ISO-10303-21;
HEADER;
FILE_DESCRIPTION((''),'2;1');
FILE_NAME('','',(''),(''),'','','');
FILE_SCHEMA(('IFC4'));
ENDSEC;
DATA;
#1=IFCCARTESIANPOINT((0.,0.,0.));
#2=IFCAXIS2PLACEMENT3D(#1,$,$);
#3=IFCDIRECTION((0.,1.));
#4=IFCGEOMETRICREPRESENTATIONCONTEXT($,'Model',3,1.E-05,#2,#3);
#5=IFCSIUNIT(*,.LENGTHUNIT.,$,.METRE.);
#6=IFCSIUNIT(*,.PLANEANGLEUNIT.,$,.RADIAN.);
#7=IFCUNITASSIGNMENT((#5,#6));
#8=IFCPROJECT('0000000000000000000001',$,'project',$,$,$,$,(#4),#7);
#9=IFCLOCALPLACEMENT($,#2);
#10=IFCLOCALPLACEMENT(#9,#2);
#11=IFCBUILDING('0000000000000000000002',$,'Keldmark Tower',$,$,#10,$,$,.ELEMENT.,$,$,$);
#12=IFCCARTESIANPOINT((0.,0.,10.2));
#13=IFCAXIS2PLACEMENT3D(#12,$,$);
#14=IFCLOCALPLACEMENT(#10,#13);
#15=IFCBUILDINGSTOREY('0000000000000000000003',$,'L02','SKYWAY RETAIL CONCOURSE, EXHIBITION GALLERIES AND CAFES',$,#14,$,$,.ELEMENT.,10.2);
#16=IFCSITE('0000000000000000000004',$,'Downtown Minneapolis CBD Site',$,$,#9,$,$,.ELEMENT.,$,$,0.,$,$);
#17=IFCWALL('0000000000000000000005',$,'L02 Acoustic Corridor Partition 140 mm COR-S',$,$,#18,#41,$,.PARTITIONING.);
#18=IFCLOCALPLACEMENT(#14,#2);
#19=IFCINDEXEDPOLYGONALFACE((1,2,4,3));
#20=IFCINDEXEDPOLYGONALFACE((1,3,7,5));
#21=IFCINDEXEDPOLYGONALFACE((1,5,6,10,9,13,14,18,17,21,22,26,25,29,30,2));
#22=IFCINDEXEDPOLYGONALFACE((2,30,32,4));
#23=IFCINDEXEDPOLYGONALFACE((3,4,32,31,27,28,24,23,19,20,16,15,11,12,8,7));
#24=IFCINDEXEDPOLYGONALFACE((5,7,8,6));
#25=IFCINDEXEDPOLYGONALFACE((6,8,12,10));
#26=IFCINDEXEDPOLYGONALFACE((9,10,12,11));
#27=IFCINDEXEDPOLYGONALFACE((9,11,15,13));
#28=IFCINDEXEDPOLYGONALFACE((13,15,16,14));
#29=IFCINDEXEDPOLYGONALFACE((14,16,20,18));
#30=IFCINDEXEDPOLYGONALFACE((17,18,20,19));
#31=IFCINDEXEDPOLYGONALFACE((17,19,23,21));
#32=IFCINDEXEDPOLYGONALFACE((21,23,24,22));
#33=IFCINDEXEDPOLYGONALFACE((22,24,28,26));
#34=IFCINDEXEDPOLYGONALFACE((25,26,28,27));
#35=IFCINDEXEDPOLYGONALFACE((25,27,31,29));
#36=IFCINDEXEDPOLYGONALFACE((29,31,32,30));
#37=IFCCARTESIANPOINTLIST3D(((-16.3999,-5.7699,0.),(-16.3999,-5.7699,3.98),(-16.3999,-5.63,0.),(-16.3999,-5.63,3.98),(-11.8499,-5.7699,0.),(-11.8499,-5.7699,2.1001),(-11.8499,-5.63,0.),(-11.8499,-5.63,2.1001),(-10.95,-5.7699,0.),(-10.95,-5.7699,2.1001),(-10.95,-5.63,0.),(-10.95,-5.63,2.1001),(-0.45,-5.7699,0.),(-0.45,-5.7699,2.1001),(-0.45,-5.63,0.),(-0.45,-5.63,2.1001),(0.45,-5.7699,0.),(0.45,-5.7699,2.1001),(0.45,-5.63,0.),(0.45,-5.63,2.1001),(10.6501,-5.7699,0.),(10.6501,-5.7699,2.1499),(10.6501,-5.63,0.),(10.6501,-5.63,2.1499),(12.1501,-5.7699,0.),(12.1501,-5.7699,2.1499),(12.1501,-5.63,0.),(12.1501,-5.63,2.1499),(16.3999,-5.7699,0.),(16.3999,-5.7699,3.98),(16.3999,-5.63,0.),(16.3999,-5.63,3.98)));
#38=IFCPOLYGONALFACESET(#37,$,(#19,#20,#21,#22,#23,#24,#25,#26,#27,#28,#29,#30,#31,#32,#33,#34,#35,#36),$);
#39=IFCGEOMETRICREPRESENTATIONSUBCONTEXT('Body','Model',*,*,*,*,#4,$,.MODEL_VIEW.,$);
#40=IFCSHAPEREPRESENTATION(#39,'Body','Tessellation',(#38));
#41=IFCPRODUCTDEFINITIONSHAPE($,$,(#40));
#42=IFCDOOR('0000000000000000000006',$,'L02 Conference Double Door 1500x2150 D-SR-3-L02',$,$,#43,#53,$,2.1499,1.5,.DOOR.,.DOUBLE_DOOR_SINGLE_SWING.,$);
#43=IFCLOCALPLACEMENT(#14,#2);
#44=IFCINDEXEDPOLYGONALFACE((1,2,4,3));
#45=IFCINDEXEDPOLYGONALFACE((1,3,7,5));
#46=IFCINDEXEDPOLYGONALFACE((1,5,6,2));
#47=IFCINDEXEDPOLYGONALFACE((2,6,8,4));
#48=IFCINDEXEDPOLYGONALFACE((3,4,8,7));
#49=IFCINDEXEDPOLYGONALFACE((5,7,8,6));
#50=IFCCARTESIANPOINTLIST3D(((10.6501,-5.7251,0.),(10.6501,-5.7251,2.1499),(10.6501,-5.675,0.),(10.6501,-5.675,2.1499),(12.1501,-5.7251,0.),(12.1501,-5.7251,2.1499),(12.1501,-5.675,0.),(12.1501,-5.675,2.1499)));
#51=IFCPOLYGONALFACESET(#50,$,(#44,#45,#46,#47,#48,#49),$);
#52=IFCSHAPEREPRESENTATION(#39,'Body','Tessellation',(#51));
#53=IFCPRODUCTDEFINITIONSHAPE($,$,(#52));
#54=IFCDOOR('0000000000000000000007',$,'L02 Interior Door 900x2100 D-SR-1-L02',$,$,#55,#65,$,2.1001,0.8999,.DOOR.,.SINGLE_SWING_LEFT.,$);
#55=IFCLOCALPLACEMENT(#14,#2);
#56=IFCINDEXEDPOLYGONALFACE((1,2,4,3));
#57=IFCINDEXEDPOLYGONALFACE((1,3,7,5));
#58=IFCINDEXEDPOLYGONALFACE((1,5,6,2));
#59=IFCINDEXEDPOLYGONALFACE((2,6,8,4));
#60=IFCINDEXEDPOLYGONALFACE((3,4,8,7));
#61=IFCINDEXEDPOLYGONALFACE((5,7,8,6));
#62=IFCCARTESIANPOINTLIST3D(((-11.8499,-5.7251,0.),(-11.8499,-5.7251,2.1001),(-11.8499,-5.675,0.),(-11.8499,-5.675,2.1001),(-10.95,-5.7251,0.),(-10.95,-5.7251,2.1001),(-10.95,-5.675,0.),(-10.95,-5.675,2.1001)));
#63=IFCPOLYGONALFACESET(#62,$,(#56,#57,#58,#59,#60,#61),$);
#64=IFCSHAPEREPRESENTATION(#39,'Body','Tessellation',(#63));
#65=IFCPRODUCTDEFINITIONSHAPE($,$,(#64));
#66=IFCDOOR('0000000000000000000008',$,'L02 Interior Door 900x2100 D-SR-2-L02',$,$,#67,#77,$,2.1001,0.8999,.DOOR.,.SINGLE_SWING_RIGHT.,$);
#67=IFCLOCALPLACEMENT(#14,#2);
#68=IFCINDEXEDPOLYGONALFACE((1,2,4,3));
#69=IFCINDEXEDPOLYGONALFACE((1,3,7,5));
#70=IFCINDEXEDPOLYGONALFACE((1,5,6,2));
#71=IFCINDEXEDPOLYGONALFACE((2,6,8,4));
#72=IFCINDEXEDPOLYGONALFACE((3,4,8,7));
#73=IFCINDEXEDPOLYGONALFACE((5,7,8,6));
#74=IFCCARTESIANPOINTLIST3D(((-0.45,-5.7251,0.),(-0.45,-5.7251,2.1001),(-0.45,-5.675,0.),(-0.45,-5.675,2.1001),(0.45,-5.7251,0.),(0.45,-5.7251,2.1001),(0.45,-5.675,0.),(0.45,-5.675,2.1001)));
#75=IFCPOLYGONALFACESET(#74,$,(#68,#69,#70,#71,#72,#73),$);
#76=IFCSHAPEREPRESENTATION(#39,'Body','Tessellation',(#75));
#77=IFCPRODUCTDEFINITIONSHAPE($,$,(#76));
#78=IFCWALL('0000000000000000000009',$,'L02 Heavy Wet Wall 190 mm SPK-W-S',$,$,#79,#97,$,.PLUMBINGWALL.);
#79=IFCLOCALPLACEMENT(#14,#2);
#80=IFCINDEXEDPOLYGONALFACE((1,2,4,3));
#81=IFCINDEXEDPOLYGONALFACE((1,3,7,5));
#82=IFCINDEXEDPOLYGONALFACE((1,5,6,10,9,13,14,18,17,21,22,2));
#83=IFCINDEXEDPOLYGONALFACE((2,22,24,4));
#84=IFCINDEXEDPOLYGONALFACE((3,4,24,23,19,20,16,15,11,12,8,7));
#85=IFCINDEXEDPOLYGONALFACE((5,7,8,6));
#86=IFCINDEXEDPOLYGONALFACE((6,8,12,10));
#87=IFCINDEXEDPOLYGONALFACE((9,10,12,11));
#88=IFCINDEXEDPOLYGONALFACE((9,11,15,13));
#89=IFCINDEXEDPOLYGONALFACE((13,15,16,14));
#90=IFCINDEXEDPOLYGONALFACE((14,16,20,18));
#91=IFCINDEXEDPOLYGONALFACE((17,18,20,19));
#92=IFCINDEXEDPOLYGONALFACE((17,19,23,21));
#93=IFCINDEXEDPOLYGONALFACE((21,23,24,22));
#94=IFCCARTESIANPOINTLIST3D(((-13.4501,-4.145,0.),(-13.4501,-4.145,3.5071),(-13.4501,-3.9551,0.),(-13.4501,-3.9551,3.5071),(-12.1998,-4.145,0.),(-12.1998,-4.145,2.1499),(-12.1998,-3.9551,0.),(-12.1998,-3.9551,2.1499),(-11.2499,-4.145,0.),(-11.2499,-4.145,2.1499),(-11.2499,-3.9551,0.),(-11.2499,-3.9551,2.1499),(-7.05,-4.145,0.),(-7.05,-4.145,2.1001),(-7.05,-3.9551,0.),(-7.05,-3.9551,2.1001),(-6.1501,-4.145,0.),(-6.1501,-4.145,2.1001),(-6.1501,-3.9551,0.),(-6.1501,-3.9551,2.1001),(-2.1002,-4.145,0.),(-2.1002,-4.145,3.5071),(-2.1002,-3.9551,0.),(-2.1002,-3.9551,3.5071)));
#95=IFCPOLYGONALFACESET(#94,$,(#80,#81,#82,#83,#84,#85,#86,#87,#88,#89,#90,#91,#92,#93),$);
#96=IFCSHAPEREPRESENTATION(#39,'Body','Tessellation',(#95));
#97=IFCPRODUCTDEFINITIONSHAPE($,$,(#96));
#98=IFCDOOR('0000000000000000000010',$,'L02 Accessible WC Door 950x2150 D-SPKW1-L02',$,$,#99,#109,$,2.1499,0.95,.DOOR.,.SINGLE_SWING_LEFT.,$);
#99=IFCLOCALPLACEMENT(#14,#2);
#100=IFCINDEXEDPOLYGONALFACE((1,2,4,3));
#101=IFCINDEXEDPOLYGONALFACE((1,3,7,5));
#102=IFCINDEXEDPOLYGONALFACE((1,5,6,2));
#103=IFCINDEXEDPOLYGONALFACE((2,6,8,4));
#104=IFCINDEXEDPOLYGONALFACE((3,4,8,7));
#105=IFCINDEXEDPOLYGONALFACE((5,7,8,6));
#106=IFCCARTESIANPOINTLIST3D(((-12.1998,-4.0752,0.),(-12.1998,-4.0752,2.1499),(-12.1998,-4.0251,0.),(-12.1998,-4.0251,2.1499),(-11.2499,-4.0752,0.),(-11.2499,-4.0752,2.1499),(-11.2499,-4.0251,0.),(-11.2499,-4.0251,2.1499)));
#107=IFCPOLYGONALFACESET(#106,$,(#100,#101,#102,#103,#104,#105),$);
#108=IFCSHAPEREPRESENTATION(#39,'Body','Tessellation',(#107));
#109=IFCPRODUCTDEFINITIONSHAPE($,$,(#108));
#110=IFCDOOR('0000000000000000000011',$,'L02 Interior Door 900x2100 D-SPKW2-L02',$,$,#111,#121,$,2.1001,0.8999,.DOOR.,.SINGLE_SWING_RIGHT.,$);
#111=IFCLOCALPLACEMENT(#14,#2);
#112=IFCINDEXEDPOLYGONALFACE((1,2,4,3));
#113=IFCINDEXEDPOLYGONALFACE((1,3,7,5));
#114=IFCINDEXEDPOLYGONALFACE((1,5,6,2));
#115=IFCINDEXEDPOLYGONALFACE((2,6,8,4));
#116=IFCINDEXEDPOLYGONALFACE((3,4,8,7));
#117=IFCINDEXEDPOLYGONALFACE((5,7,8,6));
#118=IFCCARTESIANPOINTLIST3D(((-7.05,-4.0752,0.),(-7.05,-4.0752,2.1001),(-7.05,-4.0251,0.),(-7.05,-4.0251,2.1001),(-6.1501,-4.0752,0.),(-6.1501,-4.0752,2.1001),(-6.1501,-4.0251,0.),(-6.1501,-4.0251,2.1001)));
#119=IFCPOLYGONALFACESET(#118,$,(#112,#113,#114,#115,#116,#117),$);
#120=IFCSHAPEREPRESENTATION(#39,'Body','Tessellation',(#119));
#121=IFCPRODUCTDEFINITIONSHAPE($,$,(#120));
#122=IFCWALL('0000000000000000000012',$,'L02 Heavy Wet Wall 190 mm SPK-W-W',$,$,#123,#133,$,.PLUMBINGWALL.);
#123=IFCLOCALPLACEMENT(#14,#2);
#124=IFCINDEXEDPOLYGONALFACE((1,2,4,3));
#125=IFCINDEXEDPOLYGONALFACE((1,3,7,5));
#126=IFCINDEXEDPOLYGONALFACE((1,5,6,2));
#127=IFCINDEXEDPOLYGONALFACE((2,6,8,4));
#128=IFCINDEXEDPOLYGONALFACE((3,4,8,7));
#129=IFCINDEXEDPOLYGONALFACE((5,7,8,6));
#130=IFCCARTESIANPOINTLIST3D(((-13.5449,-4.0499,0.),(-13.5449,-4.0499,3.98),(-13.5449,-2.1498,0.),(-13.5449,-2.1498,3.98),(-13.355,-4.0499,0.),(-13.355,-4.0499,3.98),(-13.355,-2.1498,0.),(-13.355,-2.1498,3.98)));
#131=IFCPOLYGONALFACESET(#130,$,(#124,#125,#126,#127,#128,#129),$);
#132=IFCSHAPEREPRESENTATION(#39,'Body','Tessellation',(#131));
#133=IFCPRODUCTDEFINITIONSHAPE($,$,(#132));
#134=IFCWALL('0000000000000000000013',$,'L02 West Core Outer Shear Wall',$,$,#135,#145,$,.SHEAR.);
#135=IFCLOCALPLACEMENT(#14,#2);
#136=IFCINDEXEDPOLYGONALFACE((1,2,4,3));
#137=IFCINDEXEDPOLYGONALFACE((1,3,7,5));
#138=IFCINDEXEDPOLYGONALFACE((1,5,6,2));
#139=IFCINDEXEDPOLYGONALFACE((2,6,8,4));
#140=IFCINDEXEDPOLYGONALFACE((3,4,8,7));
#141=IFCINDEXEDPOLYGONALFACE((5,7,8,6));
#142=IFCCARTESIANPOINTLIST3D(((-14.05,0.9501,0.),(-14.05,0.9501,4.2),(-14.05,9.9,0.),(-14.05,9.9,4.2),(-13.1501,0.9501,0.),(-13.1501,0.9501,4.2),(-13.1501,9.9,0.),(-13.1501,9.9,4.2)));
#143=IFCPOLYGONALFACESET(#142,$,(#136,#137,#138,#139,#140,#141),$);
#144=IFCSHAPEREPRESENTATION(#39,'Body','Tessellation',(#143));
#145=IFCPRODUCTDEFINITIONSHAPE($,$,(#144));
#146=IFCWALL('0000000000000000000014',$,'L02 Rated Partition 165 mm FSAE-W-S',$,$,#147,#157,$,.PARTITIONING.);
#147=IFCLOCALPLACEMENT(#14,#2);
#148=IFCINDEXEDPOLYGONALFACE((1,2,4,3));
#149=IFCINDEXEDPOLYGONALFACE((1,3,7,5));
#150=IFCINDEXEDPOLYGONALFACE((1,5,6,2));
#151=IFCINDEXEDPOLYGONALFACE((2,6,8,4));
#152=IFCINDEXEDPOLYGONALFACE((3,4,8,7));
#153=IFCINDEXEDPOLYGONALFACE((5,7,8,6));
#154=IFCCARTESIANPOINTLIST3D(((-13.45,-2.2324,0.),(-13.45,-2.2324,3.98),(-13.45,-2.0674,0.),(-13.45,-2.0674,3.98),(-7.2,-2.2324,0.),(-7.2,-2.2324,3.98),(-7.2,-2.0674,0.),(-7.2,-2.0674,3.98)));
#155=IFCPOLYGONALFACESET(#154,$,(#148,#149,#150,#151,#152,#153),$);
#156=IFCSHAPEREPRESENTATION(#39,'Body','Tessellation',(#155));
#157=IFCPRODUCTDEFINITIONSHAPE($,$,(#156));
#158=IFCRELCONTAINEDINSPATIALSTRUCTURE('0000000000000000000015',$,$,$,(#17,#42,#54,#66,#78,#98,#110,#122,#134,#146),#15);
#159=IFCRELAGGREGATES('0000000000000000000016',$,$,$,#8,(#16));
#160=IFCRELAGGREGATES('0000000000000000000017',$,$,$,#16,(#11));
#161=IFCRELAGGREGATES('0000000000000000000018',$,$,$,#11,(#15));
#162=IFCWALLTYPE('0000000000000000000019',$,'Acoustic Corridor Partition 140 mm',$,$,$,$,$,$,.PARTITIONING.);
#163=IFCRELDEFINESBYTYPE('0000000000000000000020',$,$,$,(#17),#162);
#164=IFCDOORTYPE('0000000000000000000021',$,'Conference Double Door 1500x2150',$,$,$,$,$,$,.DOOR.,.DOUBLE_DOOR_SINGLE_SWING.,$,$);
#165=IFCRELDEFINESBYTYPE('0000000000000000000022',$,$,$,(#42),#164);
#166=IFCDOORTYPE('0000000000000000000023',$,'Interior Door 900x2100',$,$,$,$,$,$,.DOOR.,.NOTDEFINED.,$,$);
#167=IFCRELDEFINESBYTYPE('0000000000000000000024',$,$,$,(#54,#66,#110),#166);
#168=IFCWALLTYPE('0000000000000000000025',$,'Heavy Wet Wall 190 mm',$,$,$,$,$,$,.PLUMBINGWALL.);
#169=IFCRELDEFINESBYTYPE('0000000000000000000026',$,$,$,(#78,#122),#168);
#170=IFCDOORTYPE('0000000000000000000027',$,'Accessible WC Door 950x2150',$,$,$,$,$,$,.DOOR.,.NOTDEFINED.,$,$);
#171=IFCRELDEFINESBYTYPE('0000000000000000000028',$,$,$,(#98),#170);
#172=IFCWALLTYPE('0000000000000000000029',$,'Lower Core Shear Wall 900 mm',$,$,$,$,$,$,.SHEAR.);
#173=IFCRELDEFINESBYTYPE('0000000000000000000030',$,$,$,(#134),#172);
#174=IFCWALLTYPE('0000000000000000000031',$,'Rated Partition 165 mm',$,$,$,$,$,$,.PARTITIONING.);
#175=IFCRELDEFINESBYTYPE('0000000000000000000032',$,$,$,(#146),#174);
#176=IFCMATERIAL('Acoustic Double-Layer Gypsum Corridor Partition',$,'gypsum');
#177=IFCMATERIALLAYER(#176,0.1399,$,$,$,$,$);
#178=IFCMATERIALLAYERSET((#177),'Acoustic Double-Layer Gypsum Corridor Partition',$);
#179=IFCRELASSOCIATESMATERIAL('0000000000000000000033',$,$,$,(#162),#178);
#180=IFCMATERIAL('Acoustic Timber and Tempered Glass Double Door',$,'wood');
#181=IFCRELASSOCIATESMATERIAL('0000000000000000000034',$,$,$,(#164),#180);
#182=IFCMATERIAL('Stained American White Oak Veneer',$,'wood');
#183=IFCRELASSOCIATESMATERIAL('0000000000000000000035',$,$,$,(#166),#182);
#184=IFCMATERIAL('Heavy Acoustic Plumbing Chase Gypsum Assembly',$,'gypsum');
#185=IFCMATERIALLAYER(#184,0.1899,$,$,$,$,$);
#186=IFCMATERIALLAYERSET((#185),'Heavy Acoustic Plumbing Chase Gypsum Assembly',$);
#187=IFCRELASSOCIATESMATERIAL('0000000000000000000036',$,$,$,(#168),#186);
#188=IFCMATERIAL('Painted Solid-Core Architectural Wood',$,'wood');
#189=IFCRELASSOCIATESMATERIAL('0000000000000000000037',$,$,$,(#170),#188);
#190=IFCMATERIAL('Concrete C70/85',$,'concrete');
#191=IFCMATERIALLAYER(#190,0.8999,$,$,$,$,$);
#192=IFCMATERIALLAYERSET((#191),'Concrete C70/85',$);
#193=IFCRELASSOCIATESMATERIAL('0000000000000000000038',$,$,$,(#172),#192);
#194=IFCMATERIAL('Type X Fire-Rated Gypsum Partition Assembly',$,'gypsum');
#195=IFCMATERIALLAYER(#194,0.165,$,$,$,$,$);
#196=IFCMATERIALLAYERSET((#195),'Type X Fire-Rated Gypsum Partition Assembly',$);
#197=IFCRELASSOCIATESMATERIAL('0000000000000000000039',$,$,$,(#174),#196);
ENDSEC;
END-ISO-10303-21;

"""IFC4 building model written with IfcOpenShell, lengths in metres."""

from ifc_helpers import new_model, si_unit, direction, frame, frame_2d, origin, place, context, subcontext, project, spatial, rectangle, extrude, material, layer, layer_set, type_object, element, fill, save


model = new_model("IFC4")

# Units and contexts
model_context = context("Model", 3, precision=1e-05, world=origin(), true_north=direction((0.0, 1.0)))
body_context = subcontext(model_context, "Body", "Model", "MODEL_VIEW")
ifc_project = project(units=[si_unit("LENGTHUNIT", "METRE"), si_unit("PLANEANGLEUNIT", "RADIAN")], contexts=[model_context])

# Site, building, storey
site_placement = place(None, origin())
site = spatial("IfcSite", under=ifc_project, at=site_placement, Name="Downtown Minneapolis CBD Site", CompositionType="ELEMENT", RefElevation=0.0)
building_placement = place(site_placement, origin())
building = spatial("IfcBuilding", under=site, at=building_placement, Name="Keldmark Tower", CompositionType="ELEMENT")
storey_placement = place(building_placement, frame((0.0, 0.0, 10.2)))
storey = spatial("IfcBuildingStorey", under=building, at=storey_placement, Name="L02", Description="SKYWAY RETAIL CONCOURSE, EXHIBITION GALLERIES AND CAFES", CompositionType="ELEMENT", Elevation=10.2)

# Walls, openings, doors
ifc_material_1 = material(Name="Acoustic Double-Layer Gypsum Corridor Partition", Category="gypsum")
ifc_layer_1 = layer(ifc_material_1, 0.1399)
ifc_layer_set_1 = layer_set([ifc_layer_1], Name="Acoustic Double-Layer Gypsum Corridor Partition")
wall_type_1 = type_object("IfcWallType", Name="Acoustic Corridor Partition 140 mm", PredefinedType="PARTITIONING", material=ifc_layer_set_1)
wall_1_placement = place(storey_placement, frame((-16.3999, -5.7, 0.0), z_axis=(0.0, 0.0, 1.0), x_axis=(1.0, 0.0, 0.0)))
wall_1 = element("IfcWall", 1, at=wall_1_placement, inside=storey, type_object=wall_type_1, Name="L02 Acoustic Corridor Partition 140 mm COR-S", PredefinedType="PARTITIONING", context=body_context, shape_type="SweptSolid", body=[
    extrude(rectangle(XDim=32.7998, YDim=0.1399, at=frame_2d((16.3999, 0.0))), origin(), (0.0, 0.0, 1.0), 3.98),
])
opening_1_placement = place(wall_1_placement, frame((4.55, 0.0, 0.0)))
opening_1 = element("IfcOpeningElement", 2, at=opening_1_placement, cuts=wall_1, PredefinedType="OPENING", context=body_context, shape_type="SweptSolid", body=[
    extrude(rectangle(XDim=0.8999, YDim=2.1001, at=frame_2d((0.45, 1.05))), frame((0.0, 0.0798, 0.0), z_axis=(0.0, -1.0, 0.0), x_axis=(1.0, 0.0, 0.0)), (0.0, 0.0, 1.0), 0.1599),
])
opening_2_placement = place(wall_1_placement, frame((15.95, 0.0, 0.0)))
opening_2 = element("IfcOpeningElement", 3, at=opening_2_placement, cuts=wall_1, PredefinedType="OPENING", context=body_context, shape_type="SweptSolid", body=[
    extrude(rectangle(XDim=0.8999, YDim=2.1001, at=frame_2d((0.45, 1.05))), frame((0.0, 0.0798, 0.0), z_axis=(0.0, -1.0, 0.0), x_axis=(1.0, 0.0, 0.0)), (0.0, 0.0, 1.0), 0.1599),
])
opening_3_placement = place(wall_1_placement, frame((27.05, 0.0, 0.0)))
opening_3 = element("IfcOpeningElement", 4, at=opening_3_placement, cuts=wall_1, PredefinedType="OPENING", context=body_context, shape_type="SweptSolid", body=[
    extrude(rectangle(XDim=1.5, YDim=2.1499, at=frame_2d((0.75, 1.075))), frame((0.0, 0.0798, 0.0), z_axis=(0.0, -1.0, 0.0), x_axis=(1.0, 0.0, 0.0)), (0.0, 0.0, 1.0), 0.1599),
])
ifc_material_2 = material(Name="Acoustic Timber and Tempered Glass Double Door", Category="wood")
door_type_1 = type_object("IfcDoorType", Name="Conference Double Door 1500x2150", OperationType="DOUBLE_DOOR_SINGLE_SWING", PredefinedType="DOOR", material=ifc_material_2)
door_1_placement = place(opening_3_placement, origin())
door_1 = element("IfcDoor", 5, at=door_1_placement, inside=storey, type_object=door_type_1, Name="L02 Conference Double Door 1500x2150 D-SR-3-L02", OperationType="DOUBLE_DOOR_SINGLE_SWING", OverallHeight=2.1499, OverallWidth=1.5, PredefinedType="DOOR", context=body_context, shape_type="SweptSolid", body=[
    extrude(rectangle(XDim=1.5, YDim=2.1499, at=frame_2d((0.75, 1.075))), frame((0.0, 0.0249, 0.0), z_axis=(0.0, -1.0, 0.0), x_axis=(1.0, 0.0, 0.0)), (0.0, 0.0, 1.0), 0.05),
])
fill(opening_3, door_1)
ifc_material_3 = material(Name="Stained American White Oak Veneer", Category="wood")
door_type_2 = type_object("IfcDoorType", Name="Interior Door 900x2100", OperationType="NOTDEFINED", PredefinedType="DOOR", material=ifc_material_3)
door_2_placement = place(opening_1_placement, origin())
door_2 = element("IfcDoor", 6, at=door_2_placement, inside=storey, type_object=door_type_2, Name="L02 Interior Door 900x2100 D-SR-1-L02", OperationType="SINGLE_SWING_LEFT", OverallHeight=2.1001, OverallWidth=0.8999, PredefinedType="DOOR", context=body_context, shape_type="SweptSolid", body=[
    extrude(rectangle(XDim=0.8999, YDim=2.1001, at=frame_2d((0.45, 1.05))), frame((0.0, 0.0249, 0.0), z_axis=(0.0, -1.0, 0.0), x_axis=(1.0, 0.0, 0.0)), (0.0, 0.0, 1.0), 0.05),
])
fill(opening_1, door_2)
door_3_placement = place(opening_2_placement, origin())
door_3 = element("IfcDoor", 7, at=door_3_placement, inside=storey, type_object=door_type_2, Name="L02 Interior Door 900x2100 D-SR-2-L02", OperationType="SINGLE_SWING_RIGHT", OverallHeight=2.1001, OverallWidth=0.8999, PredefinedType="DOOR", context=body_context, shape_type="SweptSolid", body=[
    extrude(rectangle(XDim=0.8999, YDim=2.1001, at=frame_2d((0.45, 1.05))), frame((0.0, 0.0249, 0.0), z_axis=(0.0, -1.0, 0.0), x_axis=(1.0, 0.0, 0.0)), (0.0, 0.0, 1.0), 0.05),
])
fill(opening_2, door_3)
ifc_material_4 = material(Name="Heavy Acoustic Plumbing Chase Gypsum Assembly", Category="gypsum")
ifc_layer_2 = layer(ifc_material_4, 0.1899)
ifc_layer_set_2 = layer_set([ifc_layer_2], Name="Heavy Acoustic Plumbing Chase Gypsum Assembly")
wall_type_2 = type_object("IfcWallType", Name="Heavy Wet Wall 190 mm", PredefinedType="PLUMBINGWALL", material=ifc_layer_set_2)
wall_2_placement = place(storey_placement, frame((-13.45, -4.05, 0.0), z_axis=(0.0, 0.0, 1.0), x_axis=(1.0, 0.0, 0.0)))
wall_2 = element("IfcWall", 8, at=wall_2_placement, inside=storey, type_object=wall_type_2, Name="L02 Heavy Wet Wall 190 mm SPK-W-S", PredefinedType="PLUMBINGWALL", context=body_context, shape_type="SweptSolid", body=[
    extrude(rectangle(XDim=11.3499, YDim=0.1899, at=frame_2d((5.6748, 0.0))), origin(), (0.0, 0.0, 1.0), 3.5071),
])
opening_4_placement = place(wall_2_placement, frame((1.25, 0.0, 0.0)))
opening_4 = element("IfcOpeningElement", 9, at=opening_4_placement, cuts=wall_2, PredefinedType="OPENING", context=body_context, shape_type="SweptSolid", body=[
    extrude(rectangle(XDim=0.95, YDim=2.1499, at=frame_2d((0.4751, 1.075))), frame((0.0, 0.105, 0.0), z_axis=(0.0, -1.0, 0.0), x_axis=(1.0, 0.0, 0.0)), (0.0, 0.0, 1.0), 0.21),
])
opening_5_placement = place(wall_2_placement, frame((6.3999, 0.0, 0.0)))
opening_5 = element("IfcOpeningElement", 10, at=opening_5_placement, cuts=wall_2, PredefinedType="OPENING", context=body_context, shape_type="SweptSolid", body=[
    extrude(rectangle(XDim=0.8999, YDim=2.1001, at=frame_2d((0.45, 1.05))), frame((0.0, 0.105, 0.0), z_axis=(0.0, -1.0, 0.0), x_axis=(1.0, 0.0, 0.0)), (0.0, 0.0, 1.0), 0.21),
])
ifc_material_5 = material(Name="Painted Solid-Core Architectural Wood", Category="wood")
door_type_3 = type_object("IfcDoorType", Name="Accessible WC Door 950x2150", OperationType="NOTDEFINED", PredefinedType="DOOR", material=ifc_material_5)
door_4_placement = place(opening_4_placement, origin())
door_4 = element("IfcDoor", 11, at=door_4_placement, inside=storey, type_object=door_type_3, Name="L02 Accessible WC Door 950x2150 D-SPKW1-L02", OperationType="SINGLE_SWING_LEFT", OverallHeight=2.1499, OverallWidth=0.95, PredefinedType="DOOR", context=body_context, shape_type="SweptSolid", body=[
    extrude(rectangle(XDim=0.95, YDim=2.1499, at=frame_2d((0.4751, 1.075))), frame((0.0, 0.0249, 0.0), z_axis=(0.0, -1.0, 0.0), x_axis=(1.0, 0.0, 0.0)), (0.0, 0.0, 1.0), 0.05),
])
fill(opening_4, door_4)
door_5_placement = place(opening_5_placement, origin())
door_5 = element("IfcDoor", 12, at=door_5_placement, inside=storey, type_object=door_type_2, Name="L02 Interior Door 900x2100 D-SPKW2-L02", OperationType="SINGLE_SWING_RIGHT", OverallHeight=2.1001, OverallWidth=0.8999, PredefinedType="DOOR", context=body_context, shape_type="SweptSolid", body=[
    extrude(rectangle(XDim=0.8999, YDim=2.1001, at=frame_2d((0.45, 1.05))), frame((0.0, 0.0249, 0.0), z_axis=(0.0, -1.0, 0.0), x_axis=(1.0, 0.0, 0.0)), (0.0, 0.0, 1.0), 0.05),
])
fill(opening_5, door_5)

# Walls
wall_3_placement = place(storey_placement, frame((-13.45, -4.05, 0.0), z_axis=(0.0, 0.0, 1.0), x_axis=(0.0, 1.0, 0.0)))
element("IfcWall", 13, at=wall_3_placement, inside=storey, type_object=wall_type_2, Name="L02 Heavy Wet Wall 190 mm SPK-W-W", PredefinedType="PLUMBINGWALL", context=body_context, shape_type="SweptSolid", body=[
    extrude(rectangle(XDim=1.9001, YDim=0.1899, at=frame_2d((0.9502, 0.0))), origin(), (0.0, 0.0, 1.0), 3.98),
])
ifc_material_6 = material(Name="Concrete C70/85", Category="concrete")
ifc_layer_3 = layer(ifc_material_6, 0.8999)
ifc_layer_set_3 = layer_set([ifc_layer_3], Name="Concrete C70/85")
wall_type_3 = type_object("IfcWallType", Name="Lower Core Shear Wall 900 mm", PredefinedType="SHEAR", material=ifc_layer_set_3)
wall_4_placement = place(storey_placement, frame((-13.6001, 0.95, 0.0), z_axis=(0.0, 0.0, 1.0), x_axis=(0.0, 1.0, 0.0)))
element("IfcWall", 14, at=wall_4_placement, inside=storey, type_object=wall_type_3, Name="L02 West Core Outer Shear Wall", PredefinedType="SHEAR", context=body_context, shape_type="SweptSolid", body=[
    extrude(rectangle(XDim=8.95, YDim=0.8999, at=frame_2d((4.4751, 0.0))), origin(), (0.0, 0.0, 1.0), 4.2),
])
ifc_material_7 = material(Name="Type X Fire-Rated Gypsum Partition Assembly", Category="gypsum")
ifc_layer_4 = layer(ifc_material_7, 0.165)
ifc_layer_set_4 = layer_set([ifc_layer_4], Name="Type X Fire-Rated Gypsum Partition Assembly")
wall_type_4 = type_object("IfcWallType", Name="Rated Partition 165 mm", PredefinedType="PARTITIONING", material=ifc_layer_set_4)
wall_5_placement = place(storey_placement, frame((-13.45, -2.1499, 0.0), z_axis=(0.0, 0.0, 1.0), x_axis=(1.0, 0.0, 0.0)))
element("IfcWall", 15, at=wall_5_placement, inside=storey, type_object=wall_type_4, Name="L02 Rated Partition 165 mm FSAE-W-S", PredefinedType="PARTITIONING", context=body_context, shape_type="SweptSolid", body=[
    extrude(rectangle(XDim=6.25, YDim=0.165, at=frame_2d((3.125, 0.0))), origin(), (0.0, 0.0, 1.0), 3.98),
])

save(model, "model.ifc")
